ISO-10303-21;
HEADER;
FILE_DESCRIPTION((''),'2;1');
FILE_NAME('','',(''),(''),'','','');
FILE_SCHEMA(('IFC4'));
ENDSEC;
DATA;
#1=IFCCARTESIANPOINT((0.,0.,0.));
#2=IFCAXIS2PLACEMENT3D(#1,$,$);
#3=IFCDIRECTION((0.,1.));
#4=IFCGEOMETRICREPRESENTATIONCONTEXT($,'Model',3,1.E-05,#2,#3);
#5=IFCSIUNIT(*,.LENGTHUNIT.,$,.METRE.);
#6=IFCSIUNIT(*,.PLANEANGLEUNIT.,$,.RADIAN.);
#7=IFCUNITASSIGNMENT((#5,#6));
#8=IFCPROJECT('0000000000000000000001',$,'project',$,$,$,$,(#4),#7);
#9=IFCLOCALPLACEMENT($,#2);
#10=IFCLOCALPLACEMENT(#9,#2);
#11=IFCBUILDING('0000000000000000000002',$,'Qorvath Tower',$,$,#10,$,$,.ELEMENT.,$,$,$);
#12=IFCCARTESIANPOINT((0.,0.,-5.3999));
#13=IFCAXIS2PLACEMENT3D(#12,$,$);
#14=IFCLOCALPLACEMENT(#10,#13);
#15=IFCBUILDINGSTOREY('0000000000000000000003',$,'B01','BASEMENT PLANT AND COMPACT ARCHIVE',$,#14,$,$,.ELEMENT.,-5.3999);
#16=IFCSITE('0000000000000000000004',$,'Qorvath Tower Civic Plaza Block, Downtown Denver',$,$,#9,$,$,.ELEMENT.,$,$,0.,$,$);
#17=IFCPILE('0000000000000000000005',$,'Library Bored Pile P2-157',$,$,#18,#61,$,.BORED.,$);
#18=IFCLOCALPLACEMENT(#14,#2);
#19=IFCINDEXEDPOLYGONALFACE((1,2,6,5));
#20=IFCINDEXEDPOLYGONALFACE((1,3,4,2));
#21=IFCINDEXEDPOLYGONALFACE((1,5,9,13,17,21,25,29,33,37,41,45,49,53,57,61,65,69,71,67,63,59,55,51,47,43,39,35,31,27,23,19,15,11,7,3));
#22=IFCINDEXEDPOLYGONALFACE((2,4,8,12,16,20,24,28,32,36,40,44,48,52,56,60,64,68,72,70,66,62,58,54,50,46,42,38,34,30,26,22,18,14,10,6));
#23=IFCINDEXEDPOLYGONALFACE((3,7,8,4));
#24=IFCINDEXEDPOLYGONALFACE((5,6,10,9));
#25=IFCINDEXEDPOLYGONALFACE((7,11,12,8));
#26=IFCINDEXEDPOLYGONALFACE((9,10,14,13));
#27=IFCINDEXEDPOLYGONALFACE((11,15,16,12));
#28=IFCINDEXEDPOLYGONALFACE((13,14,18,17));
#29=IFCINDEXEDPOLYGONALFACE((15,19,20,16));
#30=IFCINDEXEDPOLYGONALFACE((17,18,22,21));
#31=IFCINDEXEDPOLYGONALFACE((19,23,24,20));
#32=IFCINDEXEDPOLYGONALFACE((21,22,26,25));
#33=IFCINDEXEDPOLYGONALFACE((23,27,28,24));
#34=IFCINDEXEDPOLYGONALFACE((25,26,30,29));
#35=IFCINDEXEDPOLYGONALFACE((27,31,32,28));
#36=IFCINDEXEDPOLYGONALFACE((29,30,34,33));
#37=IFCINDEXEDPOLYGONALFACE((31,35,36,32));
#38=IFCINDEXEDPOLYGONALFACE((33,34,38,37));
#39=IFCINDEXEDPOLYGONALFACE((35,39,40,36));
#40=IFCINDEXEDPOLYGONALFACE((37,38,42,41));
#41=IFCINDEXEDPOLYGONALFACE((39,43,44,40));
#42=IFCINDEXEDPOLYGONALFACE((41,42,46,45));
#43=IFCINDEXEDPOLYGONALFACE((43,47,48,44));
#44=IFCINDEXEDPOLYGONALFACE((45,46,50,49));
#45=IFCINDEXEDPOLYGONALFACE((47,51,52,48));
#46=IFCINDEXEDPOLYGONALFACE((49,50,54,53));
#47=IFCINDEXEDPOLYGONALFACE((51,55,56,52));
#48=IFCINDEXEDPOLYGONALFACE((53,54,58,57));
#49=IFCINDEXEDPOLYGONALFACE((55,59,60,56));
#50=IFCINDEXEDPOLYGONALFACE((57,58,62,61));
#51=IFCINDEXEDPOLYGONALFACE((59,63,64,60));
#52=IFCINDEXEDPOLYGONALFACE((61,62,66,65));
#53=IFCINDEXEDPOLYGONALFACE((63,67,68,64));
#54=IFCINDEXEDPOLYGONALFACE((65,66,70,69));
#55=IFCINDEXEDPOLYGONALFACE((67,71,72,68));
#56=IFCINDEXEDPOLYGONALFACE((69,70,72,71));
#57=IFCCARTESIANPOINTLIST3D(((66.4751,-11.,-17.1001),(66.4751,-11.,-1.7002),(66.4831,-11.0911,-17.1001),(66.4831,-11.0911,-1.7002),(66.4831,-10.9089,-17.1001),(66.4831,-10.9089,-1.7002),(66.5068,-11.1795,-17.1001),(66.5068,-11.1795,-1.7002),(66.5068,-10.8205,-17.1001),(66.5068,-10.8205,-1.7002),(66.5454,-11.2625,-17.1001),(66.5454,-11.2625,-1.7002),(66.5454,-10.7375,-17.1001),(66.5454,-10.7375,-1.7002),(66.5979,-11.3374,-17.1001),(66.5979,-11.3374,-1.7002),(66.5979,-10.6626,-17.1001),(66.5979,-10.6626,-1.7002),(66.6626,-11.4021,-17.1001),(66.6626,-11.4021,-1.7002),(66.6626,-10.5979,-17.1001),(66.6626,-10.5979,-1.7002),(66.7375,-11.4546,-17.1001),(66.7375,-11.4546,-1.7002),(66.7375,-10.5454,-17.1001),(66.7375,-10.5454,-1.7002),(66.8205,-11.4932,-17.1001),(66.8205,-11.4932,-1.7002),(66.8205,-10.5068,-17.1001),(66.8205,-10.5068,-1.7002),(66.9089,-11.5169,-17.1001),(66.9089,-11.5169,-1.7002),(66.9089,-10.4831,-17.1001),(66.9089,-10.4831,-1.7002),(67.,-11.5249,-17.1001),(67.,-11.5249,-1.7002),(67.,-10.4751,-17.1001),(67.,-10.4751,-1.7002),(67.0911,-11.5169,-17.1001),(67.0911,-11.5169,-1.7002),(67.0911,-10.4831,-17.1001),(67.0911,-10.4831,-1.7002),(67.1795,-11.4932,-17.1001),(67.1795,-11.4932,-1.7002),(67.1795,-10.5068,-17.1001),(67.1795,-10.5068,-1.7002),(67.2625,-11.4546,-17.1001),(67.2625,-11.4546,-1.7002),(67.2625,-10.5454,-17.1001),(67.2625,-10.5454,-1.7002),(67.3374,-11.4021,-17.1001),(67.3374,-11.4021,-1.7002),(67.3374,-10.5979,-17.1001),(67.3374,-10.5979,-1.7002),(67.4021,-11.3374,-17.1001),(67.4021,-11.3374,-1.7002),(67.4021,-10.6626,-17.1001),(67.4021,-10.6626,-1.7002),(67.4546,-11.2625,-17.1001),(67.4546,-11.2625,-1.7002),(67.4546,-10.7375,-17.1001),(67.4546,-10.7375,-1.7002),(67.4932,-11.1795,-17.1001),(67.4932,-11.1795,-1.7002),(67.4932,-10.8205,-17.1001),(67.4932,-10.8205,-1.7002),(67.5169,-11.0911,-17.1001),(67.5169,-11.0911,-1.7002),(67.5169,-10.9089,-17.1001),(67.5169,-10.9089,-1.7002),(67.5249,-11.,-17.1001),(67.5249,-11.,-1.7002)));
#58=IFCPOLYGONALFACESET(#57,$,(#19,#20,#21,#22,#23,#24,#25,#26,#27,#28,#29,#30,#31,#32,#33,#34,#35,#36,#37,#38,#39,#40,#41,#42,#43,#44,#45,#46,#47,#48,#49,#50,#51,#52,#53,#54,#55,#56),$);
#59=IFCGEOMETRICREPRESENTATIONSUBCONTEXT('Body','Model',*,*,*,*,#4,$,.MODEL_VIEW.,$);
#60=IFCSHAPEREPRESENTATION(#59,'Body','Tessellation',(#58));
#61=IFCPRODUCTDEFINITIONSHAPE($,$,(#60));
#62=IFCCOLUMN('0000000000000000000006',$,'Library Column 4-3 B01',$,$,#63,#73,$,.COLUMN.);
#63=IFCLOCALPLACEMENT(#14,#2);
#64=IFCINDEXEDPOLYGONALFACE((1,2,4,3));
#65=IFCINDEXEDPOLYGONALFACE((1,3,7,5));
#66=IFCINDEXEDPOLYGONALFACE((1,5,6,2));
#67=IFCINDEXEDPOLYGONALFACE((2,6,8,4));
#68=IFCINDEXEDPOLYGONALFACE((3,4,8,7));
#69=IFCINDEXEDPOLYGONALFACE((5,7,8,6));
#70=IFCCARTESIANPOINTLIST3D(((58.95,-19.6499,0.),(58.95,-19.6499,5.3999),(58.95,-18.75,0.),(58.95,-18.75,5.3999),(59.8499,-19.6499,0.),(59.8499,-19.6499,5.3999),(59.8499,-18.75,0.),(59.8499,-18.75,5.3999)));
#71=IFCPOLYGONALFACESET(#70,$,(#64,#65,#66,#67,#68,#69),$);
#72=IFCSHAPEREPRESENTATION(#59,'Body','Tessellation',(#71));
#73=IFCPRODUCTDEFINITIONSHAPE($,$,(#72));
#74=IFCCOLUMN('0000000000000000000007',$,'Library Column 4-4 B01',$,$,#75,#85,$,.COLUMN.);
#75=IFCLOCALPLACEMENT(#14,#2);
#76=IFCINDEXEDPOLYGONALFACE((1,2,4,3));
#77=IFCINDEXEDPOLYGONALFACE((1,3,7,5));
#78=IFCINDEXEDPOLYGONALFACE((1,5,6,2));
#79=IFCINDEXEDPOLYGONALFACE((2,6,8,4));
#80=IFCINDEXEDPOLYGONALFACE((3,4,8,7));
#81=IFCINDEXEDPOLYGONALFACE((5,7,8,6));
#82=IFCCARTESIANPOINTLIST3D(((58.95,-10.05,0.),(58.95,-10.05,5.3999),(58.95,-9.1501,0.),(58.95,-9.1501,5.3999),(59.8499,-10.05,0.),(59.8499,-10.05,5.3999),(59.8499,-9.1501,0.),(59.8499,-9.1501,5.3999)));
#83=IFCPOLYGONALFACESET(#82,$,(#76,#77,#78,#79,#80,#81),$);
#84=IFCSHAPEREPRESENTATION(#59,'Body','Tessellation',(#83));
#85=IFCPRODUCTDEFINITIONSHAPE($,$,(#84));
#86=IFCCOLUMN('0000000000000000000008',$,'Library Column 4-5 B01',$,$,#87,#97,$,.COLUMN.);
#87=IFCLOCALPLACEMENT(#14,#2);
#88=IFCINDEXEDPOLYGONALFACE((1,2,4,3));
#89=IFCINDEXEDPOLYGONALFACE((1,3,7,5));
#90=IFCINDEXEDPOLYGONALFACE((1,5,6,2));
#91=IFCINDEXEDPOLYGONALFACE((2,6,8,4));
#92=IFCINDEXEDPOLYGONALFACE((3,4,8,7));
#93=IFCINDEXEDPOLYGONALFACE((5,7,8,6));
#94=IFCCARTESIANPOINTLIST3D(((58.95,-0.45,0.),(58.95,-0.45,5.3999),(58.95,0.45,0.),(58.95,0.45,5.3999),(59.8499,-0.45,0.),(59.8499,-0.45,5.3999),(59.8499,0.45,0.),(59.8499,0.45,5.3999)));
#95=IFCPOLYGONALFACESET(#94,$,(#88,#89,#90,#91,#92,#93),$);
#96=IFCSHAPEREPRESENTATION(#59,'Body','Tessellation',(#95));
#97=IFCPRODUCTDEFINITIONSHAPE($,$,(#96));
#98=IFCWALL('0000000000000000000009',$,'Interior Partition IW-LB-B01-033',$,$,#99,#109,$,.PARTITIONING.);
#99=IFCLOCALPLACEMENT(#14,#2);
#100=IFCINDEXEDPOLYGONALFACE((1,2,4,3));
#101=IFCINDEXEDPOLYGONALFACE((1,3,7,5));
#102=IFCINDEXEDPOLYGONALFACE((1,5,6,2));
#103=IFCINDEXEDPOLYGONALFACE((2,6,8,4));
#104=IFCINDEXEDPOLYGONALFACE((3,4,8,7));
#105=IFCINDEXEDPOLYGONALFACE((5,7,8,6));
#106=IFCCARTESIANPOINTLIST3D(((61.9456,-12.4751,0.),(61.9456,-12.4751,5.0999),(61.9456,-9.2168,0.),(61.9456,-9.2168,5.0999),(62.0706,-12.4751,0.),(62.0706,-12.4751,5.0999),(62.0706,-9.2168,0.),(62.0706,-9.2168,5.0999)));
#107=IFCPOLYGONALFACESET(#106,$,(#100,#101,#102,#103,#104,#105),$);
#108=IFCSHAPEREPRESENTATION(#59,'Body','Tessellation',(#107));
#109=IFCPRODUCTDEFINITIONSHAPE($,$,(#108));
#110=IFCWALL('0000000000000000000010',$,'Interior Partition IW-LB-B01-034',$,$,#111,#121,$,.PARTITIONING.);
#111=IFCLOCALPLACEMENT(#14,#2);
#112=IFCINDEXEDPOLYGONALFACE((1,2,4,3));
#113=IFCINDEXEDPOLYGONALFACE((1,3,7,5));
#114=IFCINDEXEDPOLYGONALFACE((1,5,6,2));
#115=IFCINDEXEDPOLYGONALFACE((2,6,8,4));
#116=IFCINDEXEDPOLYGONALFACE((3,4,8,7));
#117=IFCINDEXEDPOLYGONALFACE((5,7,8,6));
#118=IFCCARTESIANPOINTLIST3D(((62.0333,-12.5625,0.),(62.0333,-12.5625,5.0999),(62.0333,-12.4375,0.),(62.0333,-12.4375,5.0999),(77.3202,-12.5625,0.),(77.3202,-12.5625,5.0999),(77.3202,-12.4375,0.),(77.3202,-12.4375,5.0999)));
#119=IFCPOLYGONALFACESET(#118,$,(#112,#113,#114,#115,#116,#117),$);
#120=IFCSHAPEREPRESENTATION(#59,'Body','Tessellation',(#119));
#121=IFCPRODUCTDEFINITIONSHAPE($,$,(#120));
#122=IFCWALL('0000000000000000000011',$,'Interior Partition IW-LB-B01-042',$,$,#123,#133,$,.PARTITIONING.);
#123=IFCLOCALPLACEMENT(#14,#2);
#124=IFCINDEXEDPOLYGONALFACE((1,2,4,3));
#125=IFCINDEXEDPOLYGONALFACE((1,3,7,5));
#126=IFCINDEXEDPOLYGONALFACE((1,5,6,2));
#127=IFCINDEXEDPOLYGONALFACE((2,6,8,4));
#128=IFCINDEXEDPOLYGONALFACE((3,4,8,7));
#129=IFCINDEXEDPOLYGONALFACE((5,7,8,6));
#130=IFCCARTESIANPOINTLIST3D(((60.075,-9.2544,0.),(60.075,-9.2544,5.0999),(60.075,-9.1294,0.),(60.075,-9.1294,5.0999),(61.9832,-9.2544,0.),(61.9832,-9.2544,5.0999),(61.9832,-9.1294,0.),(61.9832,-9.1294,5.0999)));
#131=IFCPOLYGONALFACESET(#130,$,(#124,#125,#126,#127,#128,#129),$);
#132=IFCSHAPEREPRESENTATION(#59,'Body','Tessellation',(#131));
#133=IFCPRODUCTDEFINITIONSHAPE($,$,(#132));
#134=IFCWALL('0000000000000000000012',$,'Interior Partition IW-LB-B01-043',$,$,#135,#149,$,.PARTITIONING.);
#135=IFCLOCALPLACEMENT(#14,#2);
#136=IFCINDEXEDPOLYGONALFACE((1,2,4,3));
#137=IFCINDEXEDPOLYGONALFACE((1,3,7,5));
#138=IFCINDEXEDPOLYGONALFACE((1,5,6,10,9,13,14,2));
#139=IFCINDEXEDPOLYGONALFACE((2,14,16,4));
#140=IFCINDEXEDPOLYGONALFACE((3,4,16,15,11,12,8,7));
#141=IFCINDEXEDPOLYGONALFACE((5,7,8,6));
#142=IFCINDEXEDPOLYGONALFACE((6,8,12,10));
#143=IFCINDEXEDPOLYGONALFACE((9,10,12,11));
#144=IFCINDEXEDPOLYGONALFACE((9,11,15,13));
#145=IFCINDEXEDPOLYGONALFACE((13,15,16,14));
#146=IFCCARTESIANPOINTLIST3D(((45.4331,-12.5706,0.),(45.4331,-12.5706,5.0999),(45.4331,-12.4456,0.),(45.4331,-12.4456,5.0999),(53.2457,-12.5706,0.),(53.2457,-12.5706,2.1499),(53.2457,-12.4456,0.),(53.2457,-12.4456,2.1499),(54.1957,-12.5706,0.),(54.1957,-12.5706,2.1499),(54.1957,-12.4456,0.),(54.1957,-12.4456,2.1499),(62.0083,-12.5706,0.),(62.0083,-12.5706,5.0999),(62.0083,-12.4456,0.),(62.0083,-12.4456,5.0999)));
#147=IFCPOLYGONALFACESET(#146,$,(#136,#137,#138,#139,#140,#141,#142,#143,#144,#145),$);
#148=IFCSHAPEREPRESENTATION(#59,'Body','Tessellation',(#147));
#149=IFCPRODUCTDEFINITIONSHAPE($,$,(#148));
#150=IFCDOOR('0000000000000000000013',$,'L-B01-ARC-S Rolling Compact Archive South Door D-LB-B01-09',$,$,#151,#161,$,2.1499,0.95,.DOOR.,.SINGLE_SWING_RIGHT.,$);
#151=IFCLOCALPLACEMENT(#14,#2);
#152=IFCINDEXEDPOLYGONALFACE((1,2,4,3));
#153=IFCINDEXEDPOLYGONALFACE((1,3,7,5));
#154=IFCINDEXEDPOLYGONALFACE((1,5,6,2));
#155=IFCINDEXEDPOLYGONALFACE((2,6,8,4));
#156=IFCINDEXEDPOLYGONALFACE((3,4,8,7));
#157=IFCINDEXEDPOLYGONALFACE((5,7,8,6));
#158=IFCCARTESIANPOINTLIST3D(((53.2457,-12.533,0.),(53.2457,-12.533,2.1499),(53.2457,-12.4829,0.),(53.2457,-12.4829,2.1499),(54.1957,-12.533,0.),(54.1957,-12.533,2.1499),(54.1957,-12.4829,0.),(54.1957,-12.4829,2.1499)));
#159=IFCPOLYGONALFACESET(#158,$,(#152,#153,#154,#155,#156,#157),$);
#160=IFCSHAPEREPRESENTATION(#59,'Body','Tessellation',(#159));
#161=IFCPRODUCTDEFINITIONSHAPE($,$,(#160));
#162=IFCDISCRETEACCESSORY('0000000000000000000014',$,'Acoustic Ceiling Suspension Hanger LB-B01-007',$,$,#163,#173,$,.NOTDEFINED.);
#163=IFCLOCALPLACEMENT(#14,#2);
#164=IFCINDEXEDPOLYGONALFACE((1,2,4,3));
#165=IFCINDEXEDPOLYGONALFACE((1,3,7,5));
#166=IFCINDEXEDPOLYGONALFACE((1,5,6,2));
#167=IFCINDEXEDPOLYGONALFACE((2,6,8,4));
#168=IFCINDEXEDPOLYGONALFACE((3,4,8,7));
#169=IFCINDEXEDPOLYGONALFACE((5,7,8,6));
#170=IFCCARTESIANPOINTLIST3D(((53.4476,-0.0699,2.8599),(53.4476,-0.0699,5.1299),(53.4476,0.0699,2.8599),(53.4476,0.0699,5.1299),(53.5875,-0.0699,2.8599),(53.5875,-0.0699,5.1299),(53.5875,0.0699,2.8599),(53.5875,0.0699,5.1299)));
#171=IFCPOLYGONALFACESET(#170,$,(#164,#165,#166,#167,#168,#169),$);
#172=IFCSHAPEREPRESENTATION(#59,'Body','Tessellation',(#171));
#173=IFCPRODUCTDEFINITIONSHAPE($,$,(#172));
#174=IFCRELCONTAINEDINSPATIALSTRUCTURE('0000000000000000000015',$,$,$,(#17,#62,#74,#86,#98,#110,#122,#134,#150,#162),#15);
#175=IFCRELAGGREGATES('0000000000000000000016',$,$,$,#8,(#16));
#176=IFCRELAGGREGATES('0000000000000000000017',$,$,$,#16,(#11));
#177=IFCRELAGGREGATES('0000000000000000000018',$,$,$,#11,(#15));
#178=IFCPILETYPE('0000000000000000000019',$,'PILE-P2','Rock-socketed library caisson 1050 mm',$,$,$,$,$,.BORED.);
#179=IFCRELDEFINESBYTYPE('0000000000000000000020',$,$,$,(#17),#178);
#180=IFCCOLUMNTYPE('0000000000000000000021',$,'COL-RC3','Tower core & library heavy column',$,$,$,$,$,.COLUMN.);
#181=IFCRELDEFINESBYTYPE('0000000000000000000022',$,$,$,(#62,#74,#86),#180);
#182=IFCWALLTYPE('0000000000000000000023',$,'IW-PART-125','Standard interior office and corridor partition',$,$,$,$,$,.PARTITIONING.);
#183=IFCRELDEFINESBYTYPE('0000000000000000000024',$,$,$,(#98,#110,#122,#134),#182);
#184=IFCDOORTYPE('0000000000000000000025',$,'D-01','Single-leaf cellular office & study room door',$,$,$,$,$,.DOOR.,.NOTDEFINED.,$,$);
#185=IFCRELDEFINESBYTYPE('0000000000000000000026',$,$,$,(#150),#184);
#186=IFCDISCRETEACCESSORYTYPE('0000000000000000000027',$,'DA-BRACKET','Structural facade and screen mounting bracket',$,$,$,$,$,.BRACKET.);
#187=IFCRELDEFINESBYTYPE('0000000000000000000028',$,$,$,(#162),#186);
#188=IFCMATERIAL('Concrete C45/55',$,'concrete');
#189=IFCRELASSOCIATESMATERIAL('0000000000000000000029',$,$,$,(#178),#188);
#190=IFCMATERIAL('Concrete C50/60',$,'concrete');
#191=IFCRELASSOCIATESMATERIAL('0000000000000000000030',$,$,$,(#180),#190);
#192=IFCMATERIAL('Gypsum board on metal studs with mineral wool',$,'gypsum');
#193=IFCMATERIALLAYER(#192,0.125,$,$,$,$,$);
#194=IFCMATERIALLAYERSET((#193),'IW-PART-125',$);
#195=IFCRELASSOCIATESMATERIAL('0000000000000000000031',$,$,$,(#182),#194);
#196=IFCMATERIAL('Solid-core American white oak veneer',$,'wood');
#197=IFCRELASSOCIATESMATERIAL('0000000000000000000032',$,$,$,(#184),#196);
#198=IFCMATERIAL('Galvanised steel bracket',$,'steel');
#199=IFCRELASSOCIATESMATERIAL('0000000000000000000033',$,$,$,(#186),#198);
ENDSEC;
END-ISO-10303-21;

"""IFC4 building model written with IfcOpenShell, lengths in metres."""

from ifc_helpers import new_model, si_unit, direction, frame, frame_2d, origin, origin_2d, place, context, subcontext, project, spatial, rectangle, circle, extrude, material, layer, layer_set, material_profile, profile_set, type_object, element, fill, save


model = new_model("IFC4")

# Units and contexts
model_context = context("Model", 3, precision=1e-05, world=origin(), true_north=direction((0.0, 1.0)))
body_context = subcontext(model_context, "Body", "Model", "MODEL_VIEW")
ifc_project = project(units=[si_unit("LENGTHUNIT", "METRE"), si_unit("PLANEANGLEUNIT", "RADIAN")], contexts=[model_context])

# Site, building, storey
site_placement = place(None, origin())
site = spatial("IfcSite", under=ifc_project, at=site_placement, Name="Qorvath Tower Civic Plaza Block, Downtown Denver", CompositionType="ELEMENT", RefElevation=0.0)
building_placement = place(site_placement, origin())
building = spatial("IfcBuilding", under=site, at=building_placement, Name="Qorvath Tower", CompositionType="ELEMENT")
storey_placement = place(building_placement, frame((0.0, 0.0, -5.3999)))
storey = spatial("IfcBuildingStorey", under=building, at=storey_placement, Name="B01", Description="BASEMENT PLANT AND COMPACT ARCHIVE", CompositionType="ELEMENT", Elevation=-5.3999)

# Pile
ifc_material_1 = material(Name="Concrete C45/55", Category="concrete")
ifc_material_profile_1 = material_profile(ifc_material_1, circle(Radius=0.5249, at=origin_2d()), Name="BORED PILE 1050")
ifc_profile_set_1 = profile_set([ifc_material_profile_1], Name="Concrete C45/55")
pile_type = type_object("IfcPileType", Name="PILE-P2", Description="Rock-socketed library caisson 1050 mm", PredefinedType="BORED", material=ifc_profile_set_1)
for number, where, z_axis, x_axis, name in (
    (1, (67.0, -11.0, -1.7002), (0.0, 0.0, -1.0), (1.0, 0.0, 0.0), "Library Bored Pile P2-157"),
):
    element("IfcPile", number, at=place(storey_placement, frame(where, z_axis=z_axis, x_axis=x_axis)), inside=storey, type_object=pile_type, Name=name, PredefinedType="BORED", context=body_context, shape_type="SweptSolid", body=[
        extrude(circle(Radius=0.5249, at=origin_2d()), origin(), (0.0, 0.0, 1.0), 15.3999),
    ])

# Columns
ifc_material_2 = material(Name="Concrete C50/60", Category="concrete")
ifc_material_profile_2 = material_profile(ifc_material_2, rectangle(XDim=0.8999, YDim=0.8999, at=origin_2d()), Name="RC 900x900")
ifc_profile_set_2 = profile_set([ifc_material_profile_2], Name="Concrete C50/60")
column_type = type_object("IfcColumnType", Name="COL-RC3", Description="Tower core & library heavy column", PredefinedType="COLUMN", material=ifc_profile_set_2)
for number, where, z_axis, x_axis, name in (
    (2, (59.3999, -19.2, 0.0), (0.0, 0.0, 1.0), (1.0, 0.0, 0.0), "Library Column 4-3 B01"),
    (3, (59.3999, -9.6001, 0.0), (0.0, 0.0, 1.0), (1.0, 0.0, 0.0), "Library Column 4-4 B01"),
    (4, (59.3999, 0.0, 0.0), (0.0, 0.0, 1.0), (1.0, 0.0, 0.0), "Library Column 4-5 B01"),
):
    element("IfcColumn", number, at=place(storey_placement, frame(where, z_axis=z_axis, x_axis=x_axis)), inside=storey, type_object=column_type, Name=name, PredefinedType="COLUMN", context=body_context, shape_type="SweptSolid", body=[
        extrude(rectangle(XDim=0.8999, YDim=0.8999, at=origin_2d()), origin(), (0.0, 0.0, 1.0), 5.3999),
    ])

# Walls
ifc_material_3 = material(Name="Gypsum board on metal studs with mineral wool", Category="gypsum")
ifc_layer_1 = layer(ifc_material_3, 0.125)
ifc_layer_set_1 = layer_set([ifc_layer_1], Name="IW-PART-125")
wall_type = type_object("IfcWallType", Name="IW-PART-125", Description="Standard interior office and corridor partition", PredefinedType="PARTITIONING", material=ifc_layer_set_1)
wall_1_placement = place(storey_placement, frame((62.0081, -9.2168, 0.0), z_axis=(0.0, 0.0, 1.0), x_axis=(0.0, -1.0, 0.0)))
element("IfcWall", 5, at=wall_1_placement, inside=storey, type_object=wall_type, Name="Interior Partition IW-LB-B01-033", PredefinedType="PARTITIONING", context=body_context, shape_type="SweptSolid", body=[
    extrude(rectangle(XDim=3.2583, YDim=0.125, at=frame_2d((1.6292, 0.0))), origin(), (0.0, 0.0, 1.0), 5.0999),
])
wall_2_placement = place(storey_placement, frame((62.0332, -12.5, 0.0), z_axis=(0.0, 0.0, 1.0), x_axis=(1.0, 0.0, 0.0)))
element("IfcWall", 6, at=wall_2_placement, inside=storey, type_object=wall_type, Name="Interior Partition IW-LB-B01-034", PredefinedType="PARTITIONING", context=body_context, shape_type="SweptSolid", body=[
    extrude(rectangle(XDim=15.2869, YDim=0.125, at=frame_2d((7.6436, 0.0))), origin(), (0.0, 0.0, 1.0), 5.0999),
])
wall_3_placement = place(storey_placement, frame((60.075, -9.1919, 0.0), z_axis=(0.0, 0.0, 1.0), x_axis=(1.0, 0.0, 0.0)))
element("IfcWall", 7, at=wall_3_placement, inside=storey, type_object=wall_type, Name="Interior Partition IW-LB-B01-042", PredefinedType="PARTITIONING", context=body_context, shape_type="SweptSolid", body=[
    extrude(rectangle(XDim=1.9082, YDim=0.125, at=frame_2d((0.9541, 0.0))), origin(), (0.0, 0.0, 1.0), 5.0999),
])

# Wall, opening, door
wall_4_placement = place(storey_placement, frame((62.0083, -12.5081, 0.0), z_axis=(0.0, 0.0, 1.0), x_axis=(-1.0, 0.0, 0.0)))
wall_4 = element("IfcWall", 8, at=wall_4_placement, inside=storey, type_object=wall_type, Name="Interior Partition IW-LB-B01-043", PredefinedType="PARTITIONING", context=body_context, shape_type="SweptSolid", body=[
    extrude(rectangle(XDim=16.5752, YDim=0.125, at=frame_2d((8.2876, 0.0))), origin(), (0.0, 0.0, 1.0), 5.0999),
])
opening_placement = place(wall_4_placement, frame((7.8125, 0.0, 0.0)))
opening = element("IfcOpeningElement", 9, at=opening_placement, cuts=wall_4, PredefinedType="OPENING", context=body_context, shape_type="SweptSolid", body=[
    extrude(rectangle(XDim=0.95, YDim=2.1499, at=frame_2d((0.4751, 1.075))), frame((0.0, 0.0725, 0.0), z_axis=(0.0, -1.0, 0.0), x_axis=(1.0, 0.0, 0.0)), (0.0, 0.0, 1.0), 0.145),
])
ifc_material_4 = material(Name="Solid-core American white oak veneer", Category="wood")
door_type = type_object("IfcDoorType", Name="D-01", Description="Single-leaf cellular office & study room door", OperationType="NOTDEFINED", PredefinedType="DOOR", material=ifc_material_4)
door_placement = place(opening_placement, origin())
door = element("IfcDoor", 10, at=door_placement, inside=storey, type_object=door_type, Name="L-B01-ARC-S Rolling Compact Archive South Door D-LB-B01-09", OperationType="SINGLE_SWING_RIGHT", OverallHeight=2.1499, OverallWidth=0.95, PredefinedType="DOOR", context=body_context, shape_type="SweptSolid", body=[
    extrude(rectangle(XDim=0.95, YDim=2.1499, at=frame_2d((0.4751, 1.075))), frame((0.0, 0.0249, 0.0), z_axis=(0.0, -1.0, 0.0), x_axis=(1.0, 0.0, 0.0)), (0.0, 0.0, 1.0), 0.05),
])
fill(opening, door)

# Discrete accessory
ifc_material_5 = material(Name="Galvanised steel bracket", Category="steel")
discrete_accessory_type = type_object("IfcDiscreteAccessoryType", Name="DA-BRACKET", Description="Structural facade and screen mounting bracket", PredefinedType="BRACKET", material=ifc_material_5)
discrete_accessory_placement = place(storey_placement, frame((53.5176, 0.0, 2.8599), z_axis=(0.0, 0.0, 1.0), x_axis=(1.0, 0.0, 0.0)))
element("IfcDiscreteAccessory", 11, at=discrete_accessory_placement, inside=storey, type_object=discrete_accessory_type, Name="Acoustic Ceiling Suspension Hanger LB-B01-007", PredefinedType="NOTDEFINED", context=body_context, shape_type="SweptSolid", body=[
    extrude(rectangle(XDim=0.1399, YDim=0.1399, at=origin_2d()), origin(), (0.0, 0.0, 1.0), 2.27),
])

save(model, "model.ifc")
